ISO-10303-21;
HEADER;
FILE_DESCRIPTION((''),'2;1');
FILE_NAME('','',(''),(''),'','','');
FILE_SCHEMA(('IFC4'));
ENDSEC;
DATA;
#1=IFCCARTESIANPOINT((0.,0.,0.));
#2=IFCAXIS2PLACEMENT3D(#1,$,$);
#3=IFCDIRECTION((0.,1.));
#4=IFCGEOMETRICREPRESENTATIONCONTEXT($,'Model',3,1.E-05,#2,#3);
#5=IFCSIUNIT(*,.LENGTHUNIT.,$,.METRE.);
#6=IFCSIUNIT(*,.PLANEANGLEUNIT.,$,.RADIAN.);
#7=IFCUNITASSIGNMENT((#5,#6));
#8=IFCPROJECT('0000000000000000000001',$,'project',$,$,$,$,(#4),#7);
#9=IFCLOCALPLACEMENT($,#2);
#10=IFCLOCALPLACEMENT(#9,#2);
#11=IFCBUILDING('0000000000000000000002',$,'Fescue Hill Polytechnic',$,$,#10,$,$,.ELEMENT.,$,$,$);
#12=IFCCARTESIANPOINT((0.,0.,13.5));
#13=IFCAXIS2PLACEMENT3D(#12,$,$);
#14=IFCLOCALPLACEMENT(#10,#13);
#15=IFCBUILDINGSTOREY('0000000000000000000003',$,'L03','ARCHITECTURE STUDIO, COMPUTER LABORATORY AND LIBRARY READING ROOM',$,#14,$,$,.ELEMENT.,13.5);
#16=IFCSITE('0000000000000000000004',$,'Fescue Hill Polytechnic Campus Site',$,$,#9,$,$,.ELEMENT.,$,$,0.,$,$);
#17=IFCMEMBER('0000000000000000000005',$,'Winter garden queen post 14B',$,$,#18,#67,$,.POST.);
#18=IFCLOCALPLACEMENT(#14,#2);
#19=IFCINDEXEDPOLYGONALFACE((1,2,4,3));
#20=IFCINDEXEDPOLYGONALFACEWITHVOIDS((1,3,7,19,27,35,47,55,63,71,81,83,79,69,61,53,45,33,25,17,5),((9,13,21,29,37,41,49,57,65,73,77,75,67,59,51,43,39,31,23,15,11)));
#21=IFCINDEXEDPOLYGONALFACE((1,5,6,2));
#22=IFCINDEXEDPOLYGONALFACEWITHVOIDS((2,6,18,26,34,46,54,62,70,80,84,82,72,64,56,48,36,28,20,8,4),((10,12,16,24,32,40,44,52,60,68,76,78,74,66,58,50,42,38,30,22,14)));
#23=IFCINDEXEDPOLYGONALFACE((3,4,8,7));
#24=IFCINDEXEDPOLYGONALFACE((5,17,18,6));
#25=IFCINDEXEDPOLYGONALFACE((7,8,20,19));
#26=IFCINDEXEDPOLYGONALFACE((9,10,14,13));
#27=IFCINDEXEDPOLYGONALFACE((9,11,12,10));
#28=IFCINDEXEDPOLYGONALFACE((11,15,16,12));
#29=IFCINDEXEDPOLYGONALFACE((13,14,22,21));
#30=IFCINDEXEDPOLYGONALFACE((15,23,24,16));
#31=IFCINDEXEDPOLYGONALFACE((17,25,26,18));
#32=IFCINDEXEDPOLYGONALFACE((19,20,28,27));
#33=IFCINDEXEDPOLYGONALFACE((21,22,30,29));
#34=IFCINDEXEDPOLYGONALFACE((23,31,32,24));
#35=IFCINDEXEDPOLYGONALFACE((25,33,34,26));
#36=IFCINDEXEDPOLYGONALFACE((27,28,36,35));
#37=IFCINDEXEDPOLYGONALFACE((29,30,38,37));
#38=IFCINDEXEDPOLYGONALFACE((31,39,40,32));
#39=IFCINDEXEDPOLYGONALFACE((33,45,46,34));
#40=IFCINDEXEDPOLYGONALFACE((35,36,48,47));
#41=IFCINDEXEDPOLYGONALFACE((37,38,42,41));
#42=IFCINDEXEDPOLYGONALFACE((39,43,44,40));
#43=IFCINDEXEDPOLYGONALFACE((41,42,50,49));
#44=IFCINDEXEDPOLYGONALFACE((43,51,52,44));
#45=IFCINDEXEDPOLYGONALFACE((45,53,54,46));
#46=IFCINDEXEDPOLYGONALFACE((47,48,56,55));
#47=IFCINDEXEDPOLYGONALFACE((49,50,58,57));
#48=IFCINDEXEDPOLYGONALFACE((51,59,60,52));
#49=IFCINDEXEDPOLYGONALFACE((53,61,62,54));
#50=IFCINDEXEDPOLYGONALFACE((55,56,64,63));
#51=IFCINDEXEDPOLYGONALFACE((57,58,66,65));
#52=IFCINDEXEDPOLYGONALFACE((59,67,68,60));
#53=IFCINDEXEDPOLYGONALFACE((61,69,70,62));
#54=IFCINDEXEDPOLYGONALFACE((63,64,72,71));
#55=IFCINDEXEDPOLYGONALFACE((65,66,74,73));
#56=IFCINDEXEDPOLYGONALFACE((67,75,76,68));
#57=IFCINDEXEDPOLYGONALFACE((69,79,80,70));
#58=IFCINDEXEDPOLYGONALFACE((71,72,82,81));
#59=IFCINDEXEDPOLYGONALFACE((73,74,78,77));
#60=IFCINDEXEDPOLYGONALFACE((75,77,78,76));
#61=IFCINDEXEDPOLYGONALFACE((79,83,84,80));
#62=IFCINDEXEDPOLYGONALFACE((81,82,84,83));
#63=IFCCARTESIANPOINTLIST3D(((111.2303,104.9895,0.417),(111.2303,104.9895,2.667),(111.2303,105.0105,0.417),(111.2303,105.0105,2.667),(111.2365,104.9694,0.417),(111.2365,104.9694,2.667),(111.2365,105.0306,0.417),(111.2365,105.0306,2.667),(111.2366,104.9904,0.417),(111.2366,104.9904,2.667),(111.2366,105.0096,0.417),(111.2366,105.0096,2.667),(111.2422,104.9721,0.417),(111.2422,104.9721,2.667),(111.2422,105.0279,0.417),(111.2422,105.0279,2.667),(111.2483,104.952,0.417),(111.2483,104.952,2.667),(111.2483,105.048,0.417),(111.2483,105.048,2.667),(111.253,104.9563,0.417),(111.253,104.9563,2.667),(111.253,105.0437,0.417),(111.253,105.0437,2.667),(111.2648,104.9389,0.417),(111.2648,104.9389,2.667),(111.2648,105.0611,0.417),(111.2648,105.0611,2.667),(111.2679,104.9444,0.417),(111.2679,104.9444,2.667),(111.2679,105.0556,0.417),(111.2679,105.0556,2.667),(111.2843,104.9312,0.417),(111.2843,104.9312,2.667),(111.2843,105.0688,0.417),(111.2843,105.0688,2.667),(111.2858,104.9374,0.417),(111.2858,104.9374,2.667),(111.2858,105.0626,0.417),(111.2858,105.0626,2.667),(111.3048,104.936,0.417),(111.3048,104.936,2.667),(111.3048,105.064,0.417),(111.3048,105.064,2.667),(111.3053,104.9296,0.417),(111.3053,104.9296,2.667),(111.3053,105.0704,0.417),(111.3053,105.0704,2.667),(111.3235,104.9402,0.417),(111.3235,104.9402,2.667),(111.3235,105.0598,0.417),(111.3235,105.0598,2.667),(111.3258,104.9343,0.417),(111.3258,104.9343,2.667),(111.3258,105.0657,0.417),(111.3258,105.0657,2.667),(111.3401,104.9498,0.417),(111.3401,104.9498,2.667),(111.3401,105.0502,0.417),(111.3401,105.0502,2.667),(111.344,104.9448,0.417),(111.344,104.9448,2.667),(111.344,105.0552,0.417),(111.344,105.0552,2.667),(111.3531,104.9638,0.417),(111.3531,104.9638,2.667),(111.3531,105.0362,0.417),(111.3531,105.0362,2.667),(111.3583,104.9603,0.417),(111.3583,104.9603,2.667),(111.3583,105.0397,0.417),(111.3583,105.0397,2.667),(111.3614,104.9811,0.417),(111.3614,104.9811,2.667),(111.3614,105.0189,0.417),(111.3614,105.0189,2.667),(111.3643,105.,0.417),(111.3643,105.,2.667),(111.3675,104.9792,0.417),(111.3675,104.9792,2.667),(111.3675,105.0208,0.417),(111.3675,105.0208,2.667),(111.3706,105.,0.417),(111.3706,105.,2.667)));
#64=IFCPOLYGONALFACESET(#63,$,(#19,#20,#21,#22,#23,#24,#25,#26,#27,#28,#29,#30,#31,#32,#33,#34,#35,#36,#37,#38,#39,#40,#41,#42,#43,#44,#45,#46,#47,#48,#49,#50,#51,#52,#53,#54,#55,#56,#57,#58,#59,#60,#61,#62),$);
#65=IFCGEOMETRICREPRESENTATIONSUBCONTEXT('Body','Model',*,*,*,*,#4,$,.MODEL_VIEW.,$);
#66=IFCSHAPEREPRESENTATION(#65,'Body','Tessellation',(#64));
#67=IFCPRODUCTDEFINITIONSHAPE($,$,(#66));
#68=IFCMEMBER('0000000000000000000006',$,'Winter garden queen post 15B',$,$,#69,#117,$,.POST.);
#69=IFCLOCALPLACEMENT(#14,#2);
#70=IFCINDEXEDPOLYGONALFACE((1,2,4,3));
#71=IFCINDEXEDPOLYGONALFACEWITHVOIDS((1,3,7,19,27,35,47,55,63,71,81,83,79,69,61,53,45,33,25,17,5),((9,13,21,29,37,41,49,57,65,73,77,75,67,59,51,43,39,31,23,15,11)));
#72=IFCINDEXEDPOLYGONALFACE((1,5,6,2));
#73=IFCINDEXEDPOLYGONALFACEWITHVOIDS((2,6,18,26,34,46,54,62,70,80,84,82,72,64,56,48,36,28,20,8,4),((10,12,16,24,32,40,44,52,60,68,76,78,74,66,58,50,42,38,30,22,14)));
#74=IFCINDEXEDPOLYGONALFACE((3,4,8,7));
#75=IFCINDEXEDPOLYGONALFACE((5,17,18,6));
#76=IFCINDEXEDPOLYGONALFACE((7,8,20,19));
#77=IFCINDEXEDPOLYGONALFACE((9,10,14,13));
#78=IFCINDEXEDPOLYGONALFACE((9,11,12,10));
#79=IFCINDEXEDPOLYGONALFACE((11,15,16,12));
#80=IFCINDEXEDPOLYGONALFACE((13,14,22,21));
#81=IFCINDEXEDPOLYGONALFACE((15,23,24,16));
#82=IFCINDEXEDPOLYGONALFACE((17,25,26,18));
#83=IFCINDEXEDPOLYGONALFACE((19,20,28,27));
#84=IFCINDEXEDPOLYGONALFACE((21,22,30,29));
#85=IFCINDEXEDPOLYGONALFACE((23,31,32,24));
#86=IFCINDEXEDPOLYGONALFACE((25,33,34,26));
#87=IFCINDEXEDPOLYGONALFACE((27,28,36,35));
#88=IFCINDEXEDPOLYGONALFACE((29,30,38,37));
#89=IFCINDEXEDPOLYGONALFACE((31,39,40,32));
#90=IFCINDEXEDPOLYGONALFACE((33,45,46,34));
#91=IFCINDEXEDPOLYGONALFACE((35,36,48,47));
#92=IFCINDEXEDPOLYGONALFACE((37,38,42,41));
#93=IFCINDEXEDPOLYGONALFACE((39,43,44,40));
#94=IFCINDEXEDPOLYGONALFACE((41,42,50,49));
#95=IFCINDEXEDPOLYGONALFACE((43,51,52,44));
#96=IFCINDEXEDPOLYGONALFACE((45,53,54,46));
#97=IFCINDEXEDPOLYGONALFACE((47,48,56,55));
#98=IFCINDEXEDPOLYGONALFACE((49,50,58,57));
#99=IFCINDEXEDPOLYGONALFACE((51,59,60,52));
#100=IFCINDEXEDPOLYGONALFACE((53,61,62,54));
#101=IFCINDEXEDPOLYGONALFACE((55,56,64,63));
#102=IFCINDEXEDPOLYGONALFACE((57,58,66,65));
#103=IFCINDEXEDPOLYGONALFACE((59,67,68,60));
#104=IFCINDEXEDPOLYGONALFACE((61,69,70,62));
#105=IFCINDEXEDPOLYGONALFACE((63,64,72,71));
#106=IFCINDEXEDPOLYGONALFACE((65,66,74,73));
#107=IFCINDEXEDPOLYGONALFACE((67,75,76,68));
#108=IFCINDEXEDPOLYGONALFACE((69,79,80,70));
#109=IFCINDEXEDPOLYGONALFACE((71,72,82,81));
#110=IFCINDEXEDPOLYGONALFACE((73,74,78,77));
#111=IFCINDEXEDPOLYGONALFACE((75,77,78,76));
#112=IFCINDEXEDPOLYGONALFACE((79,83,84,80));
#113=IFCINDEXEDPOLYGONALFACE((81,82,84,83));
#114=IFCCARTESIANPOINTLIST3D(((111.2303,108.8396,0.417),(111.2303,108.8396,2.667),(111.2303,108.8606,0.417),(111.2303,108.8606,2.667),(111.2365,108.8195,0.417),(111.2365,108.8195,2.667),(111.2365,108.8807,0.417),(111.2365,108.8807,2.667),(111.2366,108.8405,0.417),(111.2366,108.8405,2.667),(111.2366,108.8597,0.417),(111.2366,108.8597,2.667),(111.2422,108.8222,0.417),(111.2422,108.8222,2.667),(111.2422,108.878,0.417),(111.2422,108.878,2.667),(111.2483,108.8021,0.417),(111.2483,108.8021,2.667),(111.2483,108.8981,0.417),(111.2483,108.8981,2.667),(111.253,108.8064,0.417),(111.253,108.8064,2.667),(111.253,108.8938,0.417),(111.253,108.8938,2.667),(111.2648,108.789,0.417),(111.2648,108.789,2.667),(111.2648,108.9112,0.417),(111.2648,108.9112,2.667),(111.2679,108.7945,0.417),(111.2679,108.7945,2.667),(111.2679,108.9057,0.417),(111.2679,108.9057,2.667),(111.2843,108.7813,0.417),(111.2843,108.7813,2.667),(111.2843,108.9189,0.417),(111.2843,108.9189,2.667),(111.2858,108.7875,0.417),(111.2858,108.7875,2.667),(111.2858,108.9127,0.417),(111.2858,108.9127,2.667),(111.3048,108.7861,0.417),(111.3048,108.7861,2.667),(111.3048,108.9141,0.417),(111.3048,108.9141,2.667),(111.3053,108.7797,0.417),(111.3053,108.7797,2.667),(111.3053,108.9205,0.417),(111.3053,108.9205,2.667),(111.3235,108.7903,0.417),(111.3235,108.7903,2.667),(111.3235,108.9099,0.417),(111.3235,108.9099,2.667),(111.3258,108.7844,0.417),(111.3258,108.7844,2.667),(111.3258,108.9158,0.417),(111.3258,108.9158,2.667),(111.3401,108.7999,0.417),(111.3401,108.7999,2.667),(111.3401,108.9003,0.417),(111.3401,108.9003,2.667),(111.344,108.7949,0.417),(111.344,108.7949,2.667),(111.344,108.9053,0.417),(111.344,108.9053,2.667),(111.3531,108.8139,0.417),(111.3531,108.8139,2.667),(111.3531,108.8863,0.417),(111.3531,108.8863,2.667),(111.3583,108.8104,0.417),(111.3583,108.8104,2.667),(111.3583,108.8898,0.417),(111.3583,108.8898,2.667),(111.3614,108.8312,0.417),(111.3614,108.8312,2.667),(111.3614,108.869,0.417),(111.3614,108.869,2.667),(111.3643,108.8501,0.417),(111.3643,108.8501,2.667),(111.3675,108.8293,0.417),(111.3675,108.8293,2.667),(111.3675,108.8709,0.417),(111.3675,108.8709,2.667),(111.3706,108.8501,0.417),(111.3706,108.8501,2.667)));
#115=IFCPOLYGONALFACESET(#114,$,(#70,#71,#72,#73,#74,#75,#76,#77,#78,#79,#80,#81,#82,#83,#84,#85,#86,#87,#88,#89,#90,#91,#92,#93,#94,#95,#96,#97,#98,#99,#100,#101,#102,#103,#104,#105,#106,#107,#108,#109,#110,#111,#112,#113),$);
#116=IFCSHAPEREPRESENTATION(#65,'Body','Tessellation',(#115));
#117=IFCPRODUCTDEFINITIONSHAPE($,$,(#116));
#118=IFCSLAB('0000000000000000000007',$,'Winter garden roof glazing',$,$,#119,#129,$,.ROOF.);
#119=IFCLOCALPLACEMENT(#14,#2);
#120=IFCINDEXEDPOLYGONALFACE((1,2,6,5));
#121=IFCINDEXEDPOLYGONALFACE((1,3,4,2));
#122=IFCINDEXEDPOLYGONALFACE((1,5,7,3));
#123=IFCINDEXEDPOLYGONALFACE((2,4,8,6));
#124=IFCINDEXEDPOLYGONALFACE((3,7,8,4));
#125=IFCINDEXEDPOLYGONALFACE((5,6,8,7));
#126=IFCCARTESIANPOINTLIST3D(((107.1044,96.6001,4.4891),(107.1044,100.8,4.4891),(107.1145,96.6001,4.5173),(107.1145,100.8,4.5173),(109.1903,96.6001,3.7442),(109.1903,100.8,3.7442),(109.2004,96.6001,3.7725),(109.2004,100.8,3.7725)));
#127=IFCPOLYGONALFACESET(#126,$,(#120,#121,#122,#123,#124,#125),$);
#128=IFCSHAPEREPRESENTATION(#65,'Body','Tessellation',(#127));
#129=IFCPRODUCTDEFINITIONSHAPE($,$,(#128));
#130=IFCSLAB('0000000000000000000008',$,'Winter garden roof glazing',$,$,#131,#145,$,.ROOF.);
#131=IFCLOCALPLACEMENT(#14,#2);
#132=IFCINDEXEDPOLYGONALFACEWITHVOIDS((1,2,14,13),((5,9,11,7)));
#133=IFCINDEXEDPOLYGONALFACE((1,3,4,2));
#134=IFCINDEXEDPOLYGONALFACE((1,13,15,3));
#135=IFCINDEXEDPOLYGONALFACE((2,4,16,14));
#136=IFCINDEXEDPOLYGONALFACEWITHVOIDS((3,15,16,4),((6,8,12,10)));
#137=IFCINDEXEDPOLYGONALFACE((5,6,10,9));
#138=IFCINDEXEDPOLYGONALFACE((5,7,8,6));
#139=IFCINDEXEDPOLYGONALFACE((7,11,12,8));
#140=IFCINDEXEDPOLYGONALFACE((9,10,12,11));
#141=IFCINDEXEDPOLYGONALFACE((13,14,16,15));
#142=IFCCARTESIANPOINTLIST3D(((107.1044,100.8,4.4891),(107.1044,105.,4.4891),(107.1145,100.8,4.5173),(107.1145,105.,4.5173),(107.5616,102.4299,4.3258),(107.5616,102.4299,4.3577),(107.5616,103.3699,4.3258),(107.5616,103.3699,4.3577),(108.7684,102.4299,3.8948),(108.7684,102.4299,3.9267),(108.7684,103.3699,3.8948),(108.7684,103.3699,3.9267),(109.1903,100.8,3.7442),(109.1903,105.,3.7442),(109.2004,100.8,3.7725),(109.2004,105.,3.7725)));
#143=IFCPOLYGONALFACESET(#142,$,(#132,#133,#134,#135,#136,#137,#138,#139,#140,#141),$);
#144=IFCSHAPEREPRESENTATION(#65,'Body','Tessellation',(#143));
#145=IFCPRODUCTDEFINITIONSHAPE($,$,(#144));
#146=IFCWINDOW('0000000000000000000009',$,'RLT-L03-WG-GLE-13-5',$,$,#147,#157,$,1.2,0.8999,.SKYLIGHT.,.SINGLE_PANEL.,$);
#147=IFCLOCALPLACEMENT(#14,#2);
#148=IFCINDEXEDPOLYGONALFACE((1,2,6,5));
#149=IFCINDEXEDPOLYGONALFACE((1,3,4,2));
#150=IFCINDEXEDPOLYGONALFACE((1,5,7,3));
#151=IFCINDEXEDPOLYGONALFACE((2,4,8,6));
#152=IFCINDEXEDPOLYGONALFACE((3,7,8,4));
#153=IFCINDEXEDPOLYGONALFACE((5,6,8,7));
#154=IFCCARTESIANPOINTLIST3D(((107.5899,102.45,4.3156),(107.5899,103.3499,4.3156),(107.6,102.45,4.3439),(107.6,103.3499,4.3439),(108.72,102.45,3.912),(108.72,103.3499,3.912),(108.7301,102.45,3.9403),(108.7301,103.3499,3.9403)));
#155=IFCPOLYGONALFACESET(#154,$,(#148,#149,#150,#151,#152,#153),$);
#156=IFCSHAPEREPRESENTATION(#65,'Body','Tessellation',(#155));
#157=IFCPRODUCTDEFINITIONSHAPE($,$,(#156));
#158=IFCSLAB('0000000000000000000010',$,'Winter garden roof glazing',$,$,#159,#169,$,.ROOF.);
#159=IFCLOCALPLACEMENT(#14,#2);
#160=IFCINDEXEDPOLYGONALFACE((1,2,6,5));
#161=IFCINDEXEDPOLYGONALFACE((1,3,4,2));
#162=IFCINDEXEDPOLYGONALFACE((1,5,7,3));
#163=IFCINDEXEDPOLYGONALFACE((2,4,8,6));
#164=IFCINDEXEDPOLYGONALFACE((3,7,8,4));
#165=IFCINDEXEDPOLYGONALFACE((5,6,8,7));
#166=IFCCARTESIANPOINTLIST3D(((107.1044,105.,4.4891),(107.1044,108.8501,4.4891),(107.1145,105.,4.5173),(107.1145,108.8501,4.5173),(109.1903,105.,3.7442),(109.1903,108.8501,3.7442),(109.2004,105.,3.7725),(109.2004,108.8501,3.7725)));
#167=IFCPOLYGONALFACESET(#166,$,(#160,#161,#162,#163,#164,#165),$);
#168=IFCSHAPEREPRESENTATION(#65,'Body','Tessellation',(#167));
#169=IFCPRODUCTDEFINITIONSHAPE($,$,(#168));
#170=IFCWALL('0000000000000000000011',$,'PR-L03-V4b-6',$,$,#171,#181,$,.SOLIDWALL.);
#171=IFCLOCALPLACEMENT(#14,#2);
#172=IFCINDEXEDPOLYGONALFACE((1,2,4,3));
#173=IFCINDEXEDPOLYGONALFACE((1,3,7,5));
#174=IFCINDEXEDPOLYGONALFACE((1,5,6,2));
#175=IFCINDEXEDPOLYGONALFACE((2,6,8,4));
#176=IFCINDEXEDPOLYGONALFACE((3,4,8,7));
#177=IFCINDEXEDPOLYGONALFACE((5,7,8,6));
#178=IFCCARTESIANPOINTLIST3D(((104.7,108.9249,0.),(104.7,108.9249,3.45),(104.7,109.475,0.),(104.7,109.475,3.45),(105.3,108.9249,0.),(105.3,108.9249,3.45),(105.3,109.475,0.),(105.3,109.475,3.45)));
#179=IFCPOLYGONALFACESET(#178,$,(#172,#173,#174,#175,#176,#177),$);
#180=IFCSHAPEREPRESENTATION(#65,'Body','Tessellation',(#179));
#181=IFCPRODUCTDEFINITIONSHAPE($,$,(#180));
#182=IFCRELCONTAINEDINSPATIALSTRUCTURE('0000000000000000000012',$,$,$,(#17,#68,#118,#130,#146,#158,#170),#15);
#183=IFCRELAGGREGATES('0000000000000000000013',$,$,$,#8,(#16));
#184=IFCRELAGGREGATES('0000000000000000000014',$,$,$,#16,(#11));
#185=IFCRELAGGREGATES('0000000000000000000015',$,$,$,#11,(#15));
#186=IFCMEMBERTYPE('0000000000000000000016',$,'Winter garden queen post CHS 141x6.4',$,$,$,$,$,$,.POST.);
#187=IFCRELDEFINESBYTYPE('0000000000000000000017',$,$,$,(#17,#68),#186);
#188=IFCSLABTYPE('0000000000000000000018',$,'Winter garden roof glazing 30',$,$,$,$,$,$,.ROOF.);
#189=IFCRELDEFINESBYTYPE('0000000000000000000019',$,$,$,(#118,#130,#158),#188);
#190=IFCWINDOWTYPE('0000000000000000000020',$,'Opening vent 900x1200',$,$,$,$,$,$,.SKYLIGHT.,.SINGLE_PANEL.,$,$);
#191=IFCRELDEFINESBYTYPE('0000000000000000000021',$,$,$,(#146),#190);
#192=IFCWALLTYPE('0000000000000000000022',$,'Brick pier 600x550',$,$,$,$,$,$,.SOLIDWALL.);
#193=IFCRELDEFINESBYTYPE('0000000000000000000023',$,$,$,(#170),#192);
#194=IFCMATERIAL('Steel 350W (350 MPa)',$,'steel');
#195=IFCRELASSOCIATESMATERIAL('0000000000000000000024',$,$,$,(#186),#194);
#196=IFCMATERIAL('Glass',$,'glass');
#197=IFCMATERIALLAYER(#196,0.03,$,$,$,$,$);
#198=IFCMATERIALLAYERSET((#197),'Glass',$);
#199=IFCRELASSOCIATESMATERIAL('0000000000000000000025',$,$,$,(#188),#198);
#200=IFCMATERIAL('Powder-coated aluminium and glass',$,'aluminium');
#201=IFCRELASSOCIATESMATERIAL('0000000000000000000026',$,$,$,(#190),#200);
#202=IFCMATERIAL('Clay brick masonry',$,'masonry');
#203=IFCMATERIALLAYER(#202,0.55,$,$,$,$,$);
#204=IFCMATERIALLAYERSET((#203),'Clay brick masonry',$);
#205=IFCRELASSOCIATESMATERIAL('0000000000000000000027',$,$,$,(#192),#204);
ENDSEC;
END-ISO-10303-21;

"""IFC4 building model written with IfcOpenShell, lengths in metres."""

from ifc_helpers import new_model, si_unit, direction, frame, frame_2d, origin, origin_2d, place, context, subcontext, project, spatial, polyline, rectangle, hollow_circle, outline, extrude, material, layer, layer_set, material_profile, profile_set, type_object, element, fill, save


model = new_model("IFC4")

# Units and contexts
model_context = context("Model", 3, precision=1e-05, world=origin(), true_north=direction((0.0, 1.0)))
body_context = subcontext(model_context, "Body", "Model", "MODEL_VIEW")
ifc_project = project(units=[si_unit("LENGTHUNIT", "METRE"), si_unit("PLANEANGLEUNIT", "RADIAN")], contexts=[model_context])

# Site, building, storey
site_placement = place(None, origin())
site = spatial("IfcSite", under=ifc_project, at=site_placement, Name="Fescue Hill Polytechnic Campus Site", CompositionType="ELEMENT", RefElevation=0.0)
building_placement = place(site_placement, origin())
building = spatial("IfcBuilding", under=site, at=building_placement, Name="Fescue Hill Polytechnic", CompositionType="ELEMENT")
storey_placement = place(building_placement, frame((0.0, 0.0, 13.5)))
storey = spatial("IfcBuildingStorey", under=building, at=storey_placement, Name="L03", Description="ARCHITECTURE STUDIO, COMPUTER LABORATORY AND LIBRARY READING ROOM", CompositionType="ELEMENT", Elevation=13.5)

# Members
ifc_material_1 = material(Name="Steel 350W (350 MPa)", Category="steel")
ifc_material_profile_1 = material_profile(ifc_material_1, hollow_circle(Radius=0.0706, WallThickness=0.0063, at=origin_2d()), Name="Winter garden queen post CHS 141x6.4")
ifc_profile_set_1 = profile_set([ifc_material_profile_1], Name="Steel 350W (350 MPa)")
member_type_1 = type_object("IfcMemberType", Name="Winter garden queen post CHS 141x6.4", PredefinedType="POST", material=ifc_profile_set_1)
for number, where, z_axis, x_axis, name in (
    (1, (111.3, 105.0, 0.417), (0.0, 0.0, 1.0), (1.0, 0.0, 0.0), "Winter garden queen post 14B"),
    (2, (111.3, 108.8501, 0.417), (0.0, 0.0, 1.0), (1.0, 0.0, 0.0), "Winter garden queen post 15B"),
):
    element("IfcMember", number, at=place(storey_placement, frame(where, z_axis=z_axis, x_axis=x_axis)), inside=storey, type_object=member_type_1, Name=name, PredefinedType="POST", context=body_context, shape_type="SweptSolid", body=[
        extrude(hollow_circle(Radius=0.0706, WallThickness=0.0063, at=origin_2d()), origin(), (0.0, 0.0, 1.0), 2.25),
    ])

# Slab
ifc_material_2 = material(Name="Glass", Category="glass")
ifc_layer_1 = layer(ifc_material_2, 0.03)
ifc_layer_set_1 = layer_set([ifc_layer_1], Name="Glass")
slab_type = type_object("IfcSlabType", Name="Winter garden roof glazing 30", PredefinedType="ROOF", material=ifc_layer_set_1)
slab_1_placement = place(storey_placement, frame((109.2004, 96.6001, 3.7725), z_axis=(0.336295, 0.0, 0.941757), x_axis=(0.0, 1.0, 0.0)))
element("IfcSlab", 3, at=slab_1_placement, inside=storey, type_object=slab_type, Name="Winter garden roof glazing", PredefinedType="ROOF", context=body_context, shape_type="SweptSolid", body=[
    extrude(outline(polyline([(0.0, 0.0), (4.2, 0.0), (4.2, 2.2149), (0.0, 2.2149), (0.0, 0.0)])), origin(), (0.0, 0.0, -1.0), 0.03),
])

# Slab, opening, window
slab_2_placement = place(storey_placement, frame((109.2004, 100.8, 3.7725), z_axis=(0.336295, 0.0, 0.941757), x_axis=(0.0, 1.0, 0.0)))
slab_2 = element("IfcSlab", 4, at=slab_2_placement, inside=storey, type_object=slab_type, Name="Winter garden roof glazing", PredefinedType="ROOF", context=body_context, shape_type="SweptSolid", body=[
    extrude(outline(polyline([(0.0, 0.0), (4.2, 0.0), (4.2, 2.2149), (0.0, 2.2149), (0.0, 0.0)])), origin(), (0.0, 0.0, -1.0), 0.03),
])
opening_1_placement = place(storey_placement, frame((108.165, 102.8999, 3.7961)))
opening_1 = element("IfcOpeningElement", 5, at=opening_1_placement, cuts=slab_2, PredefinedType="OPENING", context=body_context, shape_type="SweptSolid", body=[
    extrude(rectangle(XDim=1.2068, YDim=0.9399, at=origin_2d()), origin(), (0.0, 0.0, 1.0), 0.6604),
])
ifc_material_3 = material(Name="Powder-coated aluminium and glass", Category="aluminium")
window_type_1 = type_object("IfcWindowType", Name="Opening vent 900x1200", PartitioningType="SINGLE_PANEL", PredefinedType="SKYLIGHT", material=ifc_material_3)
window_1_placement = place(storey_placement, frame((108.165, 102.8999, 4.1421), z_axis=(0.336295, 0.0, 0.941757), x_axis=(0.0, 1.0, 0.0)))
window_1 = element("IfcWindow", 6, at=window_1_placement, inside=storey, type_object=window_type_1, Name="RLT-L03-WG-GLE-13-5", OverallHeight=1.2, OverallWidth=0.8999, PartitioningType="SINGLE_PANEL", PredefinedType="SKYLIGHT", context=body_context, shape_type="SweptSolid", body=[
    extrude(rectangle(XDim=0.8999, YDim=1.2, at=origin_2d()), origin(), (0.0, 0.0, -1.0), 0.03),
])
fill(opening_1, window_1)

# Slab
slab_3_placement = place(storey_placement, frame((109.2004, 105.0, 3.7725), z_axis=(0.336295, 0.0, 0.941757), x_axis=(0.0, 1.0, 0.0)))
element("IfcSlab", 7, at=slab_3_placement, inside=storey, type_object=slab_type, Name="Winter garden roof glazing", PredefinedType="ROOF", context=body_context, shape_type="SweptSolid", body=[
    extrude(outline(polyline([(0.0, 0.0), (3.8501, 0.0), (3.8501, 2.2149), (0.0, 2.2149), (0.0, 0.0)])), origin(), (0.0, 0.0, -1.0), 0.03),
])

# Wall
ifc_material_4 = material(Name="Clay brick masonry", Category="masonry")
ifc_layer_2 = layer(ifc_material_4, 0.55)
ifc_layer_set_2 = layer_set([ifc_layer_2], Name="Clay brick masonry")
wall_type_1 = type_object("IfcWallType", Name="Brick pier 600x550", PredefinedType="SOLIDWALL", material=ifc_layer_set_2)
wall_1_placement = place(storey_placement, frame((104.7, 109.2, 0.0), z_axis=(0.0, 0.0, 1.0), x_axis=(1.0, 0.0, 0.0)))
element("IfcWall", 8, at=wall_1_placement, inside=storey, type_object=wall_type_1, Name="PR-L03-V4b-6", PredefinedType="SOLIDWALL", context=body_context, shape_type="SweptSolid", body=[
    extrude(rectangle(XDim=0.6001, YDim=0.55, at=frame_2d((0.3, 0.0))), origin(), (0.0, 0.0, 1.0), 3.45),
])

save(model, "model.ifc")
